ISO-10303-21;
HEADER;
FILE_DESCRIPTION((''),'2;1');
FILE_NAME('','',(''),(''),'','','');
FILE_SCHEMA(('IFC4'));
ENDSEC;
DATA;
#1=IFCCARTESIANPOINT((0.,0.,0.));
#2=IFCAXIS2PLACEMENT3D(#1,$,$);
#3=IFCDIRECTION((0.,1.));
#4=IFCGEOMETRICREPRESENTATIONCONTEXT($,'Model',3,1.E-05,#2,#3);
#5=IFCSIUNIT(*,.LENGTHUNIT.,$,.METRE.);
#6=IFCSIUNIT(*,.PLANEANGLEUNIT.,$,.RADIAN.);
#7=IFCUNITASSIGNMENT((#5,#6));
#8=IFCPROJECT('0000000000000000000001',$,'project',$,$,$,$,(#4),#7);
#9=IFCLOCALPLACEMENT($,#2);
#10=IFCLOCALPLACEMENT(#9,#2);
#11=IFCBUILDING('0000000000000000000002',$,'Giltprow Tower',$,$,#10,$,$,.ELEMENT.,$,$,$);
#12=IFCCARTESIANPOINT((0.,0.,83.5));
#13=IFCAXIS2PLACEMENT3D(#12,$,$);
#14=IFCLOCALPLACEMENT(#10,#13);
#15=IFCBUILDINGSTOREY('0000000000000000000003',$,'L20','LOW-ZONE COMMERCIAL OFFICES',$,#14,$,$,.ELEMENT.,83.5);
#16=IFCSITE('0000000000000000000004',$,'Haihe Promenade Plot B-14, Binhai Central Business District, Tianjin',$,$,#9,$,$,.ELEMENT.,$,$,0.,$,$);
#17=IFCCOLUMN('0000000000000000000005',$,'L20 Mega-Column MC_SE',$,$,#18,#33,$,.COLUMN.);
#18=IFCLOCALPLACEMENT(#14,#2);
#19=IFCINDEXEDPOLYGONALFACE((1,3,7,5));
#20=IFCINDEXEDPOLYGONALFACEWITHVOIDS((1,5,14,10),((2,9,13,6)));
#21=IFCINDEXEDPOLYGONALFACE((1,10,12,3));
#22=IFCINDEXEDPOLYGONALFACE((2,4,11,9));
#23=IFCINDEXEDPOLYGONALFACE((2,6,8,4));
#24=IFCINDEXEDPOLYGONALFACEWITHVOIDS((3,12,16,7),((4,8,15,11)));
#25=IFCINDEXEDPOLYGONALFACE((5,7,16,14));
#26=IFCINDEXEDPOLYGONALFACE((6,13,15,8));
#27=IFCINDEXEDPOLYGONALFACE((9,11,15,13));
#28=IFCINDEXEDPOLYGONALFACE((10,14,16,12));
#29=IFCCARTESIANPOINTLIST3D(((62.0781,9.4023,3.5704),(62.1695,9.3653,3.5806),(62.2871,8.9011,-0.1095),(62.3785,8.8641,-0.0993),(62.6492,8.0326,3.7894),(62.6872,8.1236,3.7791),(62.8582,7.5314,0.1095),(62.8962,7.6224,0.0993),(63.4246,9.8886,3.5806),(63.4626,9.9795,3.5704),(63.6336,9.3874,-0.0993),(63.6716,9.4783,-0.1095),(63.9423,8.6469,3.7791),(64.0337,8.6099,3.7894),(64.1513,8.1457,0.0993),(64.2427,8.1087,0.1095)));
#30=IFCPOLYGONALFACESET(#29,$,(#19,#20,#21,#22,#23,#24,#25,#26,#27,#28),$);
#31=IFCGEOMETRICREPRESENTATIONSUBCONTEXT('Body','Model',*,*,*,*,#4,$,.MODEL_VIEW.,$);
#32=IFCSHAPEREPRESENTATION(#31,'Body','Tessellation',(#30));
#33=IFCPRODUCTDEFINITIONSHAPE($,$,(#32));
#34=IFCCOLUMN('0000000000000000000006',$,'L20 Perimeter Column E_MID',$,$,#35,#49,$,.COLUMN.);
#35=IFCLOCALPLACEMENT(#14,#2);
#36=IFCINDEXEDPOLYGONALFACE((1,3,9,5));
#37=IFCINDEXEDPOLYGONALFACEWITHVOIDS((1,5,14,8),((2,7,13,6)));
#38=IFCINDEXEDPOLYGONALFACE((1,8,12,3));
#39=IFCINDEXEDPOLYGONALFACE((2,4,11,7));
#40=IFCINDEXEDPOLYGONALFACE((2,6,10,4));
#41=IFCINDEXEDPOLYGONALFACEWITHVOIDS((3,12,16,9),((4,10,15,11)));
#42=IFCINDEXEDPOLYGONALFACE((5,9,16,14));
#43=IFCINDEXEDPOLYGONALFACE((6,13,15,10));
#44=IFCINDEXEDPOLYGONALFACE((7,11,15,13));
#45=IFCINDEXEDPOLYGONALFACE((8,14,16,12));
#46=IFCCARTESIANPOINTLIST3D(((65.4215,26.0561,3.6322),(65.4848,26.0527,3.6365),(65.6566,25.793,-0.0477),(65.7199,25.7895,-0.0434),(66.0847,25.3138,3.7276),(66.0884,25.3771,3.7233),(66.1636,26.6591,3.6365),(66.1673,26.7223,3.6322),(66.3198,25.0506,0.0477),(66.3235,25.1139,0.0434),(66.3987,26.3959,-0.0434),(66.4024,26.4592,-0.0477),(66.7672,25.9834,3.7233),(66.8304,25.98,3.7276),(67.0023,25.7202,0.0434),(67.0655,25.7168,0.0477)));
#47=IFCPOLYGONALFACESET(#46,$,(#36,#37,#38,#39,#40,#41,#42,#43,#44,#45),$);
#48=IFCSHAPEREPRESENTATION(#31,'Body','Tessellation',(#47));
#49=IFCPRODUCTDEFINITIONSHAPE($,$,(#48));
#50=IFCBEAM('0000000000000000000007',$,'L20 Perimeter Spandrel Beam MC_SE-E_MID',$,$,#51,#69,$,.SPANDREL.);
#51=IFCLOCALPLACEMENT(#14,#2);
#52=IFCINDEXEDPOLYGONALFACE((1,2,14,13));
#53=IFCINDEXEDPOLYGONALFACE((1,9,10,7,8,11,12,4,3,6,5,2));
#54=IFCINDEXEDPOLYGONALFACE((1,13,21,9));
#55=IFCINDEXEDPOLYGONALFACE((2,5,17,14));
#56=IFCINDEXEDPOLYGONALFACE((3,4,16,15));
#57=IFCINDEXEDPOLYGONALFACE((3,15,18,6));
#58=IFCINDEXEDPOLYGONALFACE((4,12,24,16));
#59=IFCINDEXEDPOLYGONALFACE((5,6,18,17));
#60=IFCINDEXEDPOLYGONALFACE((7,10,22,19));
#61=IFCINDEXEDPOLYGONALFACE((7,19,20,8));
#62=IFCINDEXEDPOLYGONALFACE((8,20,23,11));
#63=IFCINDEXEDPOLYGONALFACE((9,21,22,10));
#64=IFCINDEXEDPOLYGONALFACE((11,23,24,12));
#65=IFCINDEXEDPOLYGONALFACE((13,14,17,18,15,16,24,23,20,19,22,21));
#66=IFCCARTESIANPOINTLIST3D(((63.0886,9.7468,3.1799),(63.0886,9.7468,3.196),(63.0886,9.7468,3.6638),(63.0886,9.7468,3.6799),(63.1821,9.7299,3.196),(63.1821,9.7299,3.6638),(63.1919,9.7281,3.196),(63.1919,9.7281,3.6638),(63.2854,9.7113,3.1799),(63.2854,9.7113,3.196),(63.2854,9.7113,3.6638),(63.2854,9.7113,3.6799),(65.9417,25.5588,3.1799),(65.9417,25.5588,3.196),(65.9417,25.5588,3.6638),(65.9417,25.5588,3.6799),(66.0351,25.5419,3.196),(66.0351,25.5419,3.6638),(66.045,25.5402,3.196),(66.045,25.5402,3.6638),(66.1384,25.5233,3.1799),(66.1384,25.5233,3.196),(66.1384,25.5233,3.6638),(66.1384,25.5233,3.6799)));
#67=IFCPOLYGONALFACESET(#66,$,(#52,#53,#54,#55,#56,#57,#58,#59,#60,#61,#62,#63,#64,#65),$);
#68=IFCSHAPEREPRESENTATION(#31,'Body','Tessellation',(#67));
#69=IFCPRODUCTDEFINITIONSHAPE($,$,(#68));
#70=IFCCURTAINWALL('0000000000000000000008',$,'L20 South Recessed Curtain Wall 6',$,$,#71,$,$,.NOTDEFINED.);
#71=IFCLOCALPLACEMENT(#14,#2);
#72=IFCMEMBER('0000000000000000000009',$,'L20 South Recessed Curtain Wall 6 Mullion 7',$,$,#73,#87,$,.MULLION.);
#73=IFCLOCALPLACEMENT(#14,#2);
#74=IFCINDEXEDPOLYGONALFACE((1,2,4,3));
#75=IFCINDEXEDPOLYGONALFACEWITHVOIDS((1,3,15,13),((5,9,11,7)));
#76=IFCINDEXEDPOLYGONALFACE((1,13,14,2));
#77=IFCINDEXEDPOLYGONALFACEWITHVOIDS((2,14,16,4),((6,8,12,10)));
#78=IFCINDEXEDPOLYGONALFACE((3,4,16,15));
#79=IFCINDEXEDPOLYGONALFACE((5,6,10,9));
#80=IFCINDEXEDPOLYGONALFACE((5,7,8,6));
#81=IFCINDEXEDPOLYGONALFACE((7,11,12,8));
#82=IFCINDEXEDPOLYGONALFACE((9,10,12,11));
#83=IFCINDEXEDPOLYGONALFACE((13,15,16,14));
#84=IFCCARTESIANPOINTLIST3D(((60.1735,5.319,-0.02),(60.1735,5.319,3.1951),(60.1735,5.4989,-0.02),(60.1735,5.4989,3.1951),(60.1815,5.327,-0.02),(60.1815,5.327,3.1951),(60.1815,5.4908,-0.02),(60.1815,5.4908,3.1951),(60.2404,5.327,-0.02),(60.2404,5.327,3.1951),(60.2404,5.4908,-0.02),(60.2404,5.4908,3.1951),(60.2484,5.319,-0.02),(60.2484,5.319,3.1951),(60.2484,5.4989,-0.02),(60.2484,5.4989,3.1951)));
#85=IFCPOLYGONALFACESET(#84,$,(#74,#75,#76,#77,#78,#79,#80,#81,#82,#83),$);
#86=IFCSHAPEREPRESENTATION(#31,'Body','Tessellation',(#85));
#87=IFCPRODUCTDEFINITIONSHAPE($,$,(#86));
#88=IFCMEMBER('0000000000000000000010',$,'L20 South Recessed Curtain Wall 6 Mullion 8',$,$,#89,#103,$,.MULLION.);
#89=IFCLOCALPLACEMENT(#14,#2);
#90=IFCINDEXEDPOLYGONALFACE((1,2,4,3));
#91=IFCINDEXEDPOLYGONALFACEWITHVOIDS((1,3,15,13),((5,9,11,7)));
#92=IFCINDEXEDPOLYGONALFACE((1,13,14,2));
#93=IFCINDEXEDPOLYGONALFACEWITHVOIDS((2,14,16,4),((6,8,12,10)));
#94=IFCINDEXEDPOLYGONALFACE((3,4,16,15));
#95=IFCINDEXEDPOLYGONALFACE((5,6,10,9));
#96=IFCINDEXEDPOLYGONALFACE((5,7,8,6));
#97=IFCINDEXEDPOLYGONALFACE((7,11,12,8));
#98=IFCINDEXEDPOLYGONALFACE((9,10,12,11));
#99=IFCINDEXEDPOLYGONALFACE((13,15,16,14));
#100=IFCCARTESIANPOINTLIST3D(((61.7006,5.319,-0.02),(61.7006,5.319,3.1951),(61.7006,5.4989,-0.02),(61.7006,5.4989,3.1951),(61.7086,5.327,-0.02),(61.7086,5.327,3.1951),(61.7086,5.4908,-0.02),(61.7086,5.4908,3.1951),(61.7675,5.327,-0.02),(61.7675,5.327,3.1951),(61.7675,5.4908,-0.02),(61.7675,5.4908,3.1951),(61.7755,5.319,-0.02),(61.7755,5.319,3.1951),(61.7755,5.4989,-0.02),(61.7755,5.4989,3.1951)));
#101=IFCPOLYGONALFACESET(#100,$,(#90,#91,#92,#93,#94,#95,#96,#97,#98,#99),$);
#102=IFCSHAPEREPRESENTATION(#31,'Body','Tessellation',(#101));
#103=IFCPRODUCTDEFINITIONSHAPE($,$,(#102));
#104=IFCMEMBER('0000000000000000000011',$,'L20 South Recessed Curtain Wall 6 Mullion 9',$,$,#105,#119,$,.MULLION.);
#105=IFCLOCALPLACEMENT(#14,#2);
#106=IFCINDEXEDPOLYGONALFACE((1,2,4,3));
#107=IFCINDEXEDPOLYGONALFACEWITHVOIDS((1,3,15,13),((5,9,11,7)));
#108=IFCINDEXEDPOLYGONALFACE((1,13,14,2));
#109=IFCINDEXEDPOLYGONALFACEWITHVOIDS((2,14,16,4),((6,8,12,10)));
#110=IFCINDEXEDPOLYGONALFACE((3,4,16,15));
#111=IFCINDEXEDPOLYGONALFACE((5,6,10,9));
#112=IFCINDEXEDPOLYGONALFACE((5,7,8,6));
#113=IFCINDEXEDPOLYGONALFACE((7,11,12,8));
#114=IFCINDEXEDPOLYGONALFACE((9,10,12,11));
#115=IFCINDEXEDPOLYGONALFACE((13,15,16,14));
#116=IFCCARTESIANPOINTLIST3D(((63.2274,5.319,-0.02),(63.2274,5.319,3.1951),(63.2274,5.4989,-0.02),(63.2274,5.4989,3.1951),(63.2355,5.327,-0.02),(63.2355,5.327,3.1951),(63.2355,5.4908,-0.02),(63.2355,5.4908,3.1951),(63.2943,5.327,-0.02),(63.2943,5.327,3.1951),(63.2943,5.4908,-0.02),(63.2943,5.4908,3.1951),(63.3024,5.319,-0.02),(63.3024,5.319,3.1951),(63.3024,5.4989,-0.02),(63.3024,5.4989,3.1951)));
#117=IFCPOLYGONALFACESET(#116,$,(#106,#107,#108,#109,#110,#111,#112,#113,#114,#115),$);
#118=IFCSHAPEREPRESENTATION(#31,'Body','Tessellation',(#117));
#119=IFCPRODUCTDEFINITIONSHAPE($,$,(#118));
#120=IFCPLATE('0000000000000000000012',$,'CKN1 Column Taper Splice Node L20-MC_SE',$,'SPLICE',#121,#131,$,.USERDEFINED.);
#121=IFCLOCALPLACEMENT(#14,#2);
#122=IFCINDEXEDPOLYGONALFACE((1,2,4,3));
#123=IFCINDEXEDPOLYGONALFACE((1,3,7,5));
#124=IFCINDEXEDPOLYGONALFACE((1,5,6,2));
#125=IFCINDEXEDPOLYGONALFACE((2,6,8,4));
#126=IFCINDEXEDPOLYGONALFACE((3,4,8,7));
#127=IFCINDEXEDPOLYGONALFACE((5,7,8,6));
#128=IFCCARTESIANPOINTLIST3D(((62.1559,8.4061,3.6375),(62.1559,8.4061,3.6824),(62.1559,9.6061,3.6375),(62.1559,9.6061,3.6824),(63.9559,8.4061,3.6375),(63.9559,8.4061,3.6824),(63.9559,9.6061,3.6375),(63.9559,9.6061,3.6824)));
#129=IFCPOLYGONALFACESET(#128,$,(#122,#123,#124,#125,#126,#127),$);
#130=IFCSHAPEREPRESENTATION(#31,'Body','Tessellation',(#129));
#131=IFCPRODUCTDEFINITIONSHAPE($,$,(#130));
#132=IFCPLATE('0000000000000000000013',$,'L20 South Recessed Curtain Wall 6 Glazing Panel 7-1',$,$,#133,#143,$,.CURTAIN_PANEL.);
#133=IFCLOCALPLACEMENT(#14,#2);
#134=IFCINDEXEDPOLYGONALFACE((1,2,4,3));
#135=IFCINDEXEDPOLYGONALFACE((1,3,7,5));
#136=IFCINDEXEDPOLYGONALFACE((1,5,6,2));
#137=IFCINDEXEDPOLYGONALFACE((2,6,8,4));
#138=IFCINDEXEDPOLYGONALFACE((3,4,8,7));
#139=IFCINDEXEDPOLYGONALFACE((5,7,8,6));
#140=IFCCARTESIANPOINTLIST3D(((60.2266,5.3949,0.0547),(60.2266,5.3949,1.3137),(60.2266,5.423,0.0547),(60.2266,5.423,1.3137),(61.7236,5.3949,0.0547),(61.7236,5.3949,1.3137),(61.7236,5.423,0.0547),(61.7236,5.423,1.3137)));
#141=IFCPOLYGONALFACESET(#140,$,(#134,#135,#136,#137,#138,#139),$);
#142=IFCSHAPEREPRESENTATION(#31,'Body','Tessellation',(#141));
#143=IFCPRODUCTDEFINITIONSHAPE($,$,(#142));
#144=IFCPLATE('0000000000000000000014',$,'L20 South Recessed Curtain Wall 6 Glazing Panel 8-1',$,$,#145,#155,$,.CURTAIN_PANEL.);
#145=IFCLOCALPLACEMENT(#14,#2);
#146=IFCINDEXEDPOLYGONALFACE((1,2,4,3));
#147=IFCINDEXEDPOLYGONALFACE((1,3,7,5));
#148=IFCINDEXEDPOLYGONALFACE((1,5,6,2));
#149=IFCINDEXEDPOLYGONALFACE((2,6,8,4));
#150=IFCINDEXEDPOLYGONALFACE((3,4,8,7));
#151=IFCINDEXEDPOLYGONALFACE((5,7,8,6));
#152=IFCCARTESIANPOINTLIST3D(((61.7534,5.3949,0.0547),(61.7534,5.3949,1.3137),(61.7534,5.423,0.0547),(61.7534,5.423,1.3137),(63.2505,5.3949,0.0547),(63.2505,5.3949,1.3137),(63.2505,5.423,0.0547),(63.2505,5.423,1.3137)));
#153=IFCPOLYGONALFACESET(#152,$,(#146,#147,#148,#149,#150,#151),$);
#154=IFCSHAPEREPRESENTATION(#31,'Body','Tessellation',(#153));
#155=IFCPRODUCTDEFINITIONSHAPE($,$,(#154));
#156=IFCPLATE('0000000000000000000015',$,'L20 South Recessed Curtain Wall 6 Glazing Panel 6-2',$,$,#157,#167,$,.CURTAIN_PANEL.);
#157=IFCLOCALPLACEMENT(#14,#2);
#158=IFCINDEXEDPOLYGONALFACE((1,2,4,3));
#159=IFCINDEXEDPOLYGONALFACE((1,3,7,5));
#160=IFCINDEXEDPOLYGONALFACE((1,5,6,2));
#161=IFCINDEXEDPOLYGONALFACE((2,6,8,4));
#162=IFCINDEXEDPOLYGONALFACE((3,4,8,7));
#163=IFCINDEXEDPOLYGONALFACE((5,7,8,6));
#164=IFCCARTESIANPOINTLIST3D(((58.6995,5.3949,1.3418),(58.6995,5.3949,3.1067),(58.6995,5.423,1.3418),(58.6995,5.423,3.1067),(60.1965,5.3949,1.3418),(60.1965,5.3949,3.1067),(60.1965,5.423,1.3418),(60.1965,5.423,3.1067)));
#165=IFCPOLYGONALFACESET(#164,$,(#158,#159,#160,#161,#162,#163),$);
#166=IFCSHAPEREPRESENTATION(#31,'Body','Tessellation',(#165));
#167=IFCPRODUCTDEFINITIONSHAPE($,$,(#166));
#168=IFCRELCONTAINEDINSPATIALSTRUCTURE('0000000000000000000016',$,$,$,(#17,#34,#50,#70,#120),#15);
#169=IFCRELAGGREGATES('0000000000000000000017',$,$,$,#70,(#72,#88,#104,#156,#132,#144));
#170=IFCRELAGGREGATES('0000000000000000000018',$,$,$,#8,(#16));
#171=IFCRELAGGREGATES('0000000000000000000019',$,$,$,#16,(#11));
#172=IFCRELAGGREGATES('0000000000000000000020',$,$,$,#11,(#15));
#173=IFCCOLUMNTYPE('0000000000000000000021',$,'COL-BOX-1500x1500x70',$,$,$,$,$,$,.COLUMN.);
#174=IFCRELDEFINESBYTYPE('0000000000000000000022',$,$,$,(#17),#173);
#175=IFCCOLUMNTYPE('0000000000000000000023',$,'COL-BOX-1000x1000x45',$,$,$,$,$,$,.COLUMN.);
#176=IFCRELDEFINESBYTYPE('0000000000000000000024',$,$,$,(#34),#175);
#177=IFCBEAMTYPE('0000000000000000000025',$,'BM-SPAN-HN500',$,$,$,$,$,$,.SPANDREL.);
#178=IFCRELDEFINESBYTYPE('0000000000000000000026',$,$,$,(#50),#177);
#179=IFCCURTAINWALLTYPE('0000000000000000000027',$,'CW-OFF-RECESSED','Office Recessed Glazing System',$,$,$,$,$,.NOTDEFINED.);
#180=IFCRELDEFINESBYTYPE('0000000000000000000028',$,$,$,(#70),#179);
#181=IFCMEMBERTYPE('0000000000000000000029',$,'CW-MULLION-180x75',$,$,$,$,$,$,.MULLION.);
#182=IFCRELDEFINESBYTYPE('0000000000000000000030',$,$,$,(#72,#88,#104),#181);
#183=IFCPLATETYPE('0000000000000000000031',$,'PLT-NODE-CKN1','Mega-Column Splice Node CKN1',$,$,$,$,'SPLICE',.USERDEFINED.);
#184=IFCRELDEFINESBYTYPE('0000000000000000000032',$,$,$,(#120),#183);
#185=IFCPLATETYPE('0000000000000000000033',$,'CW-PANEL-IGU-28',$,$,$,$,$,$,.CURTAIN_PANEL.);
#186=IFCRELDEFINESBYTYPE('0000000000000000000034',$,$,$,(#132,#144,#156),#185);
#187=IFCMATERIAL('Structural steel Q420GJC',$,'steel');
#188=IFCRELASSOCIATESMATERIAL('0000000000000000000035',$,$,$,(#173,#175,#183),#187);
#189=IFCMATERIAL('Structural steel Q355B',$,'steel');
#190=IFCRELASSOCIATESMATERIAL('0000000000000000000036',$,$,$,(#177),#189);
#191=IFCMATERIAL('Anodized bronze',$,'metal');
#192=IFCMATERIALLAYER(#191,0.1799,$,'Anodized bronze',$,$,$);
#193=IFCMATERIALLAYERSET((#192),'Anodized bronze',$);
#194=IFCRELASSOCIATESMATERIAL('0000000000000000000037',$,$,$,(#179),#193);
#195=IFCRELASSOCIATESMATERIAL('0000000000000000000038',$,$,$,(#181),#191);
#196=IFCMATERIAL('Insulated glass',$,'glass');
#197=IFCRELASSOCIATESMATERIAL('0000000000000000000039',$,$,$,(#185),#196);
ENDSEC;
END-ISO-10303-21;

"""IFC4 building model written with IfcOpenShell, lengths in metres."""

from ifc_helpers import new_model, si_unit, direction, frame, origin, origin_2d, place, context, subcontext, project, spatial, rectangle, hollow_rectangle, i_section, extrude, source, transform, mapped, material, layer, layer_set, material_profile, profile_set, type_object, element, aggregate, save


model = new_model("IFC4")

# Units and contexts
model_context = context("Model", 3, precision=1e-05, world=origin(), true_north=direction((0.0, 1.0)))
body_context = subcontext(model_context, "Body", "Model", "MODEL_VIEW")
ifc_project = project(units=[si_unit("LENGTHUNIT", "METRE"), si_unit("PLANEANGLEUNIT", "RADIAN")], contexts=[model_context])

# Site, building, storey
site_placement = place(None, origin())
site = spatial("IfcSite", under=ifc_project, at=site_placement, Name="Haihe Promenade Plot B-14, Binhai Central Business District, Tianjin", CompositionType="ELEMENT", RefElevation=0.0)
building_placement = place(site_placement, origin())
building = spatial("IfcBuilding", under=site, at=building_placement, Name="Giltprow Tower", CompositionType="ELEMENT")
storey_placement = place(building_placement, frame((0.0, 0.0, 83.5)))
storey = spatial("IfcBuildingStorey", under=building, at=storey_placement, Name="L20", Description="LOW-ZONE COMMERCIAL OFFICES", CompositionType="ELEMENT", Elevation=83.5)

# Columns
ifc_material_1 = material(Name="Structural steel Q420GJC", Category="steel")
ifc_material_profile_1 = material_profile(ifc_material_1, hollow_rectangle(XDim=1.5, YDim=1.5, WallThickness=0.0701, at=origin_2d()), Name="BOX 1500x1500x70")
ifc_profile_set_1 = profile_set([ifc_material_profile_1], Name="Structural steel Q420GJC")
column_type_1 = type_object("IfcColumnType", Name="COL-BOX-1500x1500x70", PredefinedType="COLUMN", material=ifc_profile_set_1)
shared_shape_1 = source(origin(), body_context, "Body", "SweptSolid", [
    extrude(hollow_rectangle(XDim=1.5, YDim=1.5, WallThickness=0.0701, at=origin_2d()), origin(), (0.0, 0.0, 1.0), 3.7197),
])
column_1_placement = place(storey_placement, frame((63.2649, 8.5049, 0.0), z_axis=(-0.056182, 0.134745, 0.989286), x_axis=(-0.922984, -0.384839, 0.0)))
element("IfcColumn", 1, at=column_1_placement, inside=storey, type_object=column_type_1, Name="L20 Mega-Column MC_SE", PredefinedType="COLUMN", context=body_context, shape_type="MappedRepresentation", body=[
    mapped(shared_shape_1, transform((0.0, 0.0, 0.0), x_axis=(1.0, 0.0, 0.0), y_axis=(0.0, 1.0, 0.0), z_axis=(0.0, 0.0, 1.0), scale=1.0)),
])
ifc_material_profile_2 = material_profile(ifc_material_1, hollow_rectangle(XDim=1.0, YDim=1.0, WallThickness=0.0449, at=origin_2d()), Name="BOX 1000x1000x45")
ifc_profile_set_2 = profile_set([ifc_material_profile_2], Name="Structural steel Q420GJC")
column_type_2 = type_object("IfcColumnType", Name="COL-BOX-1000x1000x45", PredefinedType="COLUMN", material=ifc_profile_set_2)
shared_shape_2 = source(origin(), body_context, "Body", "SweptSolid", [
    extrude(hollow_rectangle(XDim=1.0, YDim=1.0, WallThickness=0.0449, at=origin_2d()), origin(), (0.0, 0.0, 1.0), 3.6968),
])
column_2_placement = place(storey_placement, frame((66.3611, 25.7549, 0.0), z_axis=(-0.063597, 0.071192, 0.995433), x_axis=(-0.745766, -0.666208, 0.0)))
element("IfcColumn", 2, at=column_2_placement, inside=storey, type_object=column_type_2, Name="L20 Perimeter Column E_MID", PredefinedType="COLUMN", context=body_context, shape_type="MappedRepresentation", body=[
    mapped(shared_shape_2, transform((0.0, 0.0, 0.0), x_axis=(1.0, 0.0, 0.0), y_axis=(0.0, 1.0, 0.0), z_axis=(0.0, 0.0, 1.0), scale=1.0)),
])

# Beam
ifc_material_2 = material(Name="Structural steel Q355B", Category="steel")
ifc_material_profile_3 = material_profile(ifc_material_2, i_section(OverallWidth=0.2, OverallDepth=0.5, WebThickness=0.01, FlangeThickness=0.0161, at=origin_2d()), Name="HN 500x200x10x16")
ifc_profile_set_3 = profile_set([ifc_material_profile_3], Name="Structural steel Q355B")
beam_type = type_object("IfcBeamType", Name="BM-SPAN-HN500", PredefinedType="SPANDREL", material=ifc_profile_set_3)
shared_shape_3 = source(origin(), body_context, "Body", "SweptSolid", [
    extrude(i_section(OverallWidth=0.2, OverallDepth=0.5, WebThickness=0.01, FlangeThickness=0.0161, at=origin_2d()), origin(), (0.0, 0.0, 1.0), 16.0674),
])
beam_placement = place(storey_placement, frame((63.187, 9.729, 3.4299), z_axis=(0.177567, 0.984109, 0.0), x_axis=(-0.984109, 0.177567, 0.0)))
element("IfcBeam", 3, at=beam_placement, inside=storey, type_object=beam_type, Name="L20 Perimeter Spandrel Beam MC_SE-E_MID", PredefinedType="SPANDREL", context=body_context, shape_type="MappedRepresentation", body=[
    mapped(shared_shape_3, transform((0.0, 0.0, 0.0), x_axis=(1.0, 0.0, 0.0), y_axis=(0.0, 1.0, 0.0), z_axis=(0.0, 0.0, 1.0), scale=1.0)),
])

# Curtain wall, members
ifc_material_3 = material(Name="Anodized bronze", Category="metal")
ifc_layer_1 = layer(ifc_material_3, 0.1799, Name="Anodized bronze")
ifc_layer_set_1 = layer_set([ifc_layer_1], Name="Anodized bronze")
curtain_wall_type = type_object("IfcCurtainWallType", Name="CW-OFF-RECESSED", Description="Office Recessed Glazing System", PredefinedType="NOTDEFINED", material=ifc_layer_set_1)
curtain_wall_placement = place(storey_placement, origin())
curtain_wall = element("IfcCurtainWall", 4, at=curtain_wall_placement, inside=storey, type_object=curtain_wall_type, Name="L20 South Recessed Curtain Wall 6", PredefinedType="NOTDEFINED")
ifc_material_profile_4 = material_profile(ifc_material_3, hollow_rectangle(XDim=0.075, YDim=0.1799, WallThickness=0.0081, at=origin_2d()), Name="RHS 180x75x8")
ifc_profile_set_4 = profile_set([ifc_material_profile_4], Name="Anodized bronze")
member_type = type_object("IfcMemberType", Name="CW-MULLION-180x75", PredefinedType="MULLION", material=ifc_profile_set_4)
shared_shape_4 = source(origin(), body_context, "Body", "SweptSolid", [
    extrude(hollow_rectangle(XDim=0.075, YDim=0.1799, WallThickness=0.0081, at=origin_2d()), origin(), (0.0, 0.0, 1.0), 3.2151),
])
member_1_placement = place(storey_placement, frame((60.2109, 5.4089, -0.02), z_axis=(0.0, 0.0, 1.0), x_axis=(1.0, 0.0, 0.0)))
member_1 = element("IfcMember", 5, at=member_1_placement, type_object=member_type, Name="L20 South Recessed Curtain Wall 6 Mullion 7", PredefinedType="MULLION", context=body_context, shape_type="MappedRepresentation", body=[
    mapped(shared_shape_4, transform((0.0, 0.0, 0.0), x_axis=(1.0, 0.0, 0.0), y_axis=(0.0, 1.0, 0.0), z_axis=(0.0, 0.0, 1.0), scale=1.0)),
])
member_2_placement = place(storey_placement, frame((61.738, 5.4089, -0.02), z_axis=(0.0, 0.0, 1.0), x_axis=(1.0, 0.0, 0.0)))
member_2 = element("IfcMember", 6, at=member_2_placement, type_object=member_type, Name="L20 South Recessed Curtain Wall 6 Mullion 8", PredefinedType="MULLION", context=body_context, shape_type="MappedRepresentation", body=[
    mapped(shared_shape_4, transform((0.0, 0.0, 0.0), x_axis=(1.0, 0.0, 0.0), y_axis=(0.0, 1.0, 0.0), z_axis=(0.0, 0.0, 1.0), scale=1.0)),
])
member_3_placement = place(storey_placement, frame((63.2649, 5.4089, -0.02), z_axis=(0.0, 0.0, 1.0), x_axis=(1.0, 0.0, 0.0)))
member_3 = element("IfcMember", 7, at=member_3_placement, type_object=member_type, Name="L20 South Recessed Curtain Wall 6 Mullion 9", PredefinedType="MULLION", context=body_context, shape_type="MappedRepresentation", body=[
    mapped(shared_shape_4, transform((0.0, 0.0, 0.0), x_axis=(1.0, 0.0, 0.0), y_axis=(0.0, 1.0, 0.0), z_axis=(0.0, 0.0, 1.0), scale=1.0)),
])

# Plates
plate_type_1 = type_object("IfcPlateType", Name="PLT-NODE-CKN1", Description="Mega-Column Splice Node CKN1", ElementType="SPLICE", PredefinedType="USERDEFINED", material=ifc_material_1)
shared_shape_5 = source(origin(), body_context, "Body", "SweptSolid", [
    extrude(rectangle(XDim=1.8, YDim=1.2, at=origin_2d()), origin(), (0.0, 0.0, 1.0), 0.0449),
])
plate_1_placement = place(storey_placement, frame((63.0559, 9.0061, 3.6375), z_axis=(0.0, 0.0, 1.0), x_axis=(1.0, 0.0, 0.0)))
element("IfcPlate", 8, at=plate_1_placement, inside=storey, type_object=plate_type_1, Name="CKN1 Column Taper Splice Node L20-MC_SE", ObjectType="SPLICE", PredefinedType="USERDEFINED", context=body_context, shape_type="MappedRepresentation", body=[
    mapped(shared_shape_5, transform((0.0, 0.0, 0.0), x_axis=(1.0, 0.0, 0.0), y_axis=(0.0, 1.0, 0.0), z_axis=(0.0, 0.0, 1.0), scale=1.0)),
])
ifc_material_4 = material(Name="Insulated glass", Category="glass")
plate_type_2 = type_object("IfcPlateType", Name="CW-PANEL-IGU-28", PredefinedType="CURTAIN_PANEL", material=ifc_material_4)
shared_shape_6 = source(origin(), body_context, "Body", "SweptSolid", [
    extrude(rectangle(XDim=1.4971, YDim=0.0281, at=origin_2d()), origin(), (0.0, 0.0, 1.0), 1.259),
])
plate_2_placement = place(storey_placement, frame((60.9751, 5.4089, 0.0547), z_axis=(0.0, 0.0, 1.0), x_axis=(1.0, 0.0, 0.0)))
plate_2 = element("IfcPlate", 9, at=plate_2_placement, type_object=plate_type_2, Name="L20 South Recessed Curtain Wall 6 Glazing Panel 7-1", PredefinedType="CURTAIN_PANEL", context=body_context, shape_type="MappedRepresentation", body=[
    mapped(shared_shape_6, transform((0.0, 0.0, 0.0), x_axis=(1.0, 0.0, 0.0), y_axis=(0.0, 1.0, 0.0), z_axis=(0.0, 0.0, 1.0), scale=1.0)),
])
plate_3_placement = place(storey_placement, frame((62.502, 5.4089, 0.0547), z_axis=(0.0, 0.0, 1.0), x_axis=(1.0, 0.0, 0.0)))
plate_3 = element("IfcPlate", 10, at=plate_3_placement, type_object=plate_type_2, Name="L20 South Recessed Curtain Wall 6 Glazing Panel 8-1", PredefinedType="CURTAIN_PANEL", context=body_context, shape_type="MappedRepresentation", body=[
    mapped(shared_shape_6, transform((0.0, 0.0, 0.0), x_axis=(1.0, 0.0, 0.0), y_axis=(0.0, 1.0, 0.0), z_axis=(0.0, 0.0, 1.0), scale=1.0)),
])
shared_shape_7 = source(origin(), body_context, "Body", "SweptSolid", [
    extrude(rectangle(XDim=1.4971, YDim=0.0281, at=origin_2d()), origin(), (0.0, 0.0, 1.0), 1.7649),
])
plate_4_placement = place(storey_placement, frame((59.448, 5.4089, 1.3418), z_axis=(0.0, 0.0, 1.0), x_axis=(1.0, 0.0, 0.0)))
plate_4 = element("IfcPlate", 11, at=plate_4_placement, type_object=plate_type_2, Name="L20 South Recessed Curtain Wall 6 Glazing Panel 6-2", PredefinedType="CURTAIN_PANEL", context=body_context, shape_type="MappedRepresentation", body=[
    mapped(shared_shape_7, transform((0.0, 0.0, 0.0), x_axis=(1.0, 0.0, 0.0), y_axis=(0.0, 1.0, 0.0), z_axis=(0.0, 0.0, 1.0), scale=1.0)),
])
aggregate(curtain_wall, [member_1, member_2, member_3, plate_4, plate_2, plate_3])

save(model, "model.ifc")
